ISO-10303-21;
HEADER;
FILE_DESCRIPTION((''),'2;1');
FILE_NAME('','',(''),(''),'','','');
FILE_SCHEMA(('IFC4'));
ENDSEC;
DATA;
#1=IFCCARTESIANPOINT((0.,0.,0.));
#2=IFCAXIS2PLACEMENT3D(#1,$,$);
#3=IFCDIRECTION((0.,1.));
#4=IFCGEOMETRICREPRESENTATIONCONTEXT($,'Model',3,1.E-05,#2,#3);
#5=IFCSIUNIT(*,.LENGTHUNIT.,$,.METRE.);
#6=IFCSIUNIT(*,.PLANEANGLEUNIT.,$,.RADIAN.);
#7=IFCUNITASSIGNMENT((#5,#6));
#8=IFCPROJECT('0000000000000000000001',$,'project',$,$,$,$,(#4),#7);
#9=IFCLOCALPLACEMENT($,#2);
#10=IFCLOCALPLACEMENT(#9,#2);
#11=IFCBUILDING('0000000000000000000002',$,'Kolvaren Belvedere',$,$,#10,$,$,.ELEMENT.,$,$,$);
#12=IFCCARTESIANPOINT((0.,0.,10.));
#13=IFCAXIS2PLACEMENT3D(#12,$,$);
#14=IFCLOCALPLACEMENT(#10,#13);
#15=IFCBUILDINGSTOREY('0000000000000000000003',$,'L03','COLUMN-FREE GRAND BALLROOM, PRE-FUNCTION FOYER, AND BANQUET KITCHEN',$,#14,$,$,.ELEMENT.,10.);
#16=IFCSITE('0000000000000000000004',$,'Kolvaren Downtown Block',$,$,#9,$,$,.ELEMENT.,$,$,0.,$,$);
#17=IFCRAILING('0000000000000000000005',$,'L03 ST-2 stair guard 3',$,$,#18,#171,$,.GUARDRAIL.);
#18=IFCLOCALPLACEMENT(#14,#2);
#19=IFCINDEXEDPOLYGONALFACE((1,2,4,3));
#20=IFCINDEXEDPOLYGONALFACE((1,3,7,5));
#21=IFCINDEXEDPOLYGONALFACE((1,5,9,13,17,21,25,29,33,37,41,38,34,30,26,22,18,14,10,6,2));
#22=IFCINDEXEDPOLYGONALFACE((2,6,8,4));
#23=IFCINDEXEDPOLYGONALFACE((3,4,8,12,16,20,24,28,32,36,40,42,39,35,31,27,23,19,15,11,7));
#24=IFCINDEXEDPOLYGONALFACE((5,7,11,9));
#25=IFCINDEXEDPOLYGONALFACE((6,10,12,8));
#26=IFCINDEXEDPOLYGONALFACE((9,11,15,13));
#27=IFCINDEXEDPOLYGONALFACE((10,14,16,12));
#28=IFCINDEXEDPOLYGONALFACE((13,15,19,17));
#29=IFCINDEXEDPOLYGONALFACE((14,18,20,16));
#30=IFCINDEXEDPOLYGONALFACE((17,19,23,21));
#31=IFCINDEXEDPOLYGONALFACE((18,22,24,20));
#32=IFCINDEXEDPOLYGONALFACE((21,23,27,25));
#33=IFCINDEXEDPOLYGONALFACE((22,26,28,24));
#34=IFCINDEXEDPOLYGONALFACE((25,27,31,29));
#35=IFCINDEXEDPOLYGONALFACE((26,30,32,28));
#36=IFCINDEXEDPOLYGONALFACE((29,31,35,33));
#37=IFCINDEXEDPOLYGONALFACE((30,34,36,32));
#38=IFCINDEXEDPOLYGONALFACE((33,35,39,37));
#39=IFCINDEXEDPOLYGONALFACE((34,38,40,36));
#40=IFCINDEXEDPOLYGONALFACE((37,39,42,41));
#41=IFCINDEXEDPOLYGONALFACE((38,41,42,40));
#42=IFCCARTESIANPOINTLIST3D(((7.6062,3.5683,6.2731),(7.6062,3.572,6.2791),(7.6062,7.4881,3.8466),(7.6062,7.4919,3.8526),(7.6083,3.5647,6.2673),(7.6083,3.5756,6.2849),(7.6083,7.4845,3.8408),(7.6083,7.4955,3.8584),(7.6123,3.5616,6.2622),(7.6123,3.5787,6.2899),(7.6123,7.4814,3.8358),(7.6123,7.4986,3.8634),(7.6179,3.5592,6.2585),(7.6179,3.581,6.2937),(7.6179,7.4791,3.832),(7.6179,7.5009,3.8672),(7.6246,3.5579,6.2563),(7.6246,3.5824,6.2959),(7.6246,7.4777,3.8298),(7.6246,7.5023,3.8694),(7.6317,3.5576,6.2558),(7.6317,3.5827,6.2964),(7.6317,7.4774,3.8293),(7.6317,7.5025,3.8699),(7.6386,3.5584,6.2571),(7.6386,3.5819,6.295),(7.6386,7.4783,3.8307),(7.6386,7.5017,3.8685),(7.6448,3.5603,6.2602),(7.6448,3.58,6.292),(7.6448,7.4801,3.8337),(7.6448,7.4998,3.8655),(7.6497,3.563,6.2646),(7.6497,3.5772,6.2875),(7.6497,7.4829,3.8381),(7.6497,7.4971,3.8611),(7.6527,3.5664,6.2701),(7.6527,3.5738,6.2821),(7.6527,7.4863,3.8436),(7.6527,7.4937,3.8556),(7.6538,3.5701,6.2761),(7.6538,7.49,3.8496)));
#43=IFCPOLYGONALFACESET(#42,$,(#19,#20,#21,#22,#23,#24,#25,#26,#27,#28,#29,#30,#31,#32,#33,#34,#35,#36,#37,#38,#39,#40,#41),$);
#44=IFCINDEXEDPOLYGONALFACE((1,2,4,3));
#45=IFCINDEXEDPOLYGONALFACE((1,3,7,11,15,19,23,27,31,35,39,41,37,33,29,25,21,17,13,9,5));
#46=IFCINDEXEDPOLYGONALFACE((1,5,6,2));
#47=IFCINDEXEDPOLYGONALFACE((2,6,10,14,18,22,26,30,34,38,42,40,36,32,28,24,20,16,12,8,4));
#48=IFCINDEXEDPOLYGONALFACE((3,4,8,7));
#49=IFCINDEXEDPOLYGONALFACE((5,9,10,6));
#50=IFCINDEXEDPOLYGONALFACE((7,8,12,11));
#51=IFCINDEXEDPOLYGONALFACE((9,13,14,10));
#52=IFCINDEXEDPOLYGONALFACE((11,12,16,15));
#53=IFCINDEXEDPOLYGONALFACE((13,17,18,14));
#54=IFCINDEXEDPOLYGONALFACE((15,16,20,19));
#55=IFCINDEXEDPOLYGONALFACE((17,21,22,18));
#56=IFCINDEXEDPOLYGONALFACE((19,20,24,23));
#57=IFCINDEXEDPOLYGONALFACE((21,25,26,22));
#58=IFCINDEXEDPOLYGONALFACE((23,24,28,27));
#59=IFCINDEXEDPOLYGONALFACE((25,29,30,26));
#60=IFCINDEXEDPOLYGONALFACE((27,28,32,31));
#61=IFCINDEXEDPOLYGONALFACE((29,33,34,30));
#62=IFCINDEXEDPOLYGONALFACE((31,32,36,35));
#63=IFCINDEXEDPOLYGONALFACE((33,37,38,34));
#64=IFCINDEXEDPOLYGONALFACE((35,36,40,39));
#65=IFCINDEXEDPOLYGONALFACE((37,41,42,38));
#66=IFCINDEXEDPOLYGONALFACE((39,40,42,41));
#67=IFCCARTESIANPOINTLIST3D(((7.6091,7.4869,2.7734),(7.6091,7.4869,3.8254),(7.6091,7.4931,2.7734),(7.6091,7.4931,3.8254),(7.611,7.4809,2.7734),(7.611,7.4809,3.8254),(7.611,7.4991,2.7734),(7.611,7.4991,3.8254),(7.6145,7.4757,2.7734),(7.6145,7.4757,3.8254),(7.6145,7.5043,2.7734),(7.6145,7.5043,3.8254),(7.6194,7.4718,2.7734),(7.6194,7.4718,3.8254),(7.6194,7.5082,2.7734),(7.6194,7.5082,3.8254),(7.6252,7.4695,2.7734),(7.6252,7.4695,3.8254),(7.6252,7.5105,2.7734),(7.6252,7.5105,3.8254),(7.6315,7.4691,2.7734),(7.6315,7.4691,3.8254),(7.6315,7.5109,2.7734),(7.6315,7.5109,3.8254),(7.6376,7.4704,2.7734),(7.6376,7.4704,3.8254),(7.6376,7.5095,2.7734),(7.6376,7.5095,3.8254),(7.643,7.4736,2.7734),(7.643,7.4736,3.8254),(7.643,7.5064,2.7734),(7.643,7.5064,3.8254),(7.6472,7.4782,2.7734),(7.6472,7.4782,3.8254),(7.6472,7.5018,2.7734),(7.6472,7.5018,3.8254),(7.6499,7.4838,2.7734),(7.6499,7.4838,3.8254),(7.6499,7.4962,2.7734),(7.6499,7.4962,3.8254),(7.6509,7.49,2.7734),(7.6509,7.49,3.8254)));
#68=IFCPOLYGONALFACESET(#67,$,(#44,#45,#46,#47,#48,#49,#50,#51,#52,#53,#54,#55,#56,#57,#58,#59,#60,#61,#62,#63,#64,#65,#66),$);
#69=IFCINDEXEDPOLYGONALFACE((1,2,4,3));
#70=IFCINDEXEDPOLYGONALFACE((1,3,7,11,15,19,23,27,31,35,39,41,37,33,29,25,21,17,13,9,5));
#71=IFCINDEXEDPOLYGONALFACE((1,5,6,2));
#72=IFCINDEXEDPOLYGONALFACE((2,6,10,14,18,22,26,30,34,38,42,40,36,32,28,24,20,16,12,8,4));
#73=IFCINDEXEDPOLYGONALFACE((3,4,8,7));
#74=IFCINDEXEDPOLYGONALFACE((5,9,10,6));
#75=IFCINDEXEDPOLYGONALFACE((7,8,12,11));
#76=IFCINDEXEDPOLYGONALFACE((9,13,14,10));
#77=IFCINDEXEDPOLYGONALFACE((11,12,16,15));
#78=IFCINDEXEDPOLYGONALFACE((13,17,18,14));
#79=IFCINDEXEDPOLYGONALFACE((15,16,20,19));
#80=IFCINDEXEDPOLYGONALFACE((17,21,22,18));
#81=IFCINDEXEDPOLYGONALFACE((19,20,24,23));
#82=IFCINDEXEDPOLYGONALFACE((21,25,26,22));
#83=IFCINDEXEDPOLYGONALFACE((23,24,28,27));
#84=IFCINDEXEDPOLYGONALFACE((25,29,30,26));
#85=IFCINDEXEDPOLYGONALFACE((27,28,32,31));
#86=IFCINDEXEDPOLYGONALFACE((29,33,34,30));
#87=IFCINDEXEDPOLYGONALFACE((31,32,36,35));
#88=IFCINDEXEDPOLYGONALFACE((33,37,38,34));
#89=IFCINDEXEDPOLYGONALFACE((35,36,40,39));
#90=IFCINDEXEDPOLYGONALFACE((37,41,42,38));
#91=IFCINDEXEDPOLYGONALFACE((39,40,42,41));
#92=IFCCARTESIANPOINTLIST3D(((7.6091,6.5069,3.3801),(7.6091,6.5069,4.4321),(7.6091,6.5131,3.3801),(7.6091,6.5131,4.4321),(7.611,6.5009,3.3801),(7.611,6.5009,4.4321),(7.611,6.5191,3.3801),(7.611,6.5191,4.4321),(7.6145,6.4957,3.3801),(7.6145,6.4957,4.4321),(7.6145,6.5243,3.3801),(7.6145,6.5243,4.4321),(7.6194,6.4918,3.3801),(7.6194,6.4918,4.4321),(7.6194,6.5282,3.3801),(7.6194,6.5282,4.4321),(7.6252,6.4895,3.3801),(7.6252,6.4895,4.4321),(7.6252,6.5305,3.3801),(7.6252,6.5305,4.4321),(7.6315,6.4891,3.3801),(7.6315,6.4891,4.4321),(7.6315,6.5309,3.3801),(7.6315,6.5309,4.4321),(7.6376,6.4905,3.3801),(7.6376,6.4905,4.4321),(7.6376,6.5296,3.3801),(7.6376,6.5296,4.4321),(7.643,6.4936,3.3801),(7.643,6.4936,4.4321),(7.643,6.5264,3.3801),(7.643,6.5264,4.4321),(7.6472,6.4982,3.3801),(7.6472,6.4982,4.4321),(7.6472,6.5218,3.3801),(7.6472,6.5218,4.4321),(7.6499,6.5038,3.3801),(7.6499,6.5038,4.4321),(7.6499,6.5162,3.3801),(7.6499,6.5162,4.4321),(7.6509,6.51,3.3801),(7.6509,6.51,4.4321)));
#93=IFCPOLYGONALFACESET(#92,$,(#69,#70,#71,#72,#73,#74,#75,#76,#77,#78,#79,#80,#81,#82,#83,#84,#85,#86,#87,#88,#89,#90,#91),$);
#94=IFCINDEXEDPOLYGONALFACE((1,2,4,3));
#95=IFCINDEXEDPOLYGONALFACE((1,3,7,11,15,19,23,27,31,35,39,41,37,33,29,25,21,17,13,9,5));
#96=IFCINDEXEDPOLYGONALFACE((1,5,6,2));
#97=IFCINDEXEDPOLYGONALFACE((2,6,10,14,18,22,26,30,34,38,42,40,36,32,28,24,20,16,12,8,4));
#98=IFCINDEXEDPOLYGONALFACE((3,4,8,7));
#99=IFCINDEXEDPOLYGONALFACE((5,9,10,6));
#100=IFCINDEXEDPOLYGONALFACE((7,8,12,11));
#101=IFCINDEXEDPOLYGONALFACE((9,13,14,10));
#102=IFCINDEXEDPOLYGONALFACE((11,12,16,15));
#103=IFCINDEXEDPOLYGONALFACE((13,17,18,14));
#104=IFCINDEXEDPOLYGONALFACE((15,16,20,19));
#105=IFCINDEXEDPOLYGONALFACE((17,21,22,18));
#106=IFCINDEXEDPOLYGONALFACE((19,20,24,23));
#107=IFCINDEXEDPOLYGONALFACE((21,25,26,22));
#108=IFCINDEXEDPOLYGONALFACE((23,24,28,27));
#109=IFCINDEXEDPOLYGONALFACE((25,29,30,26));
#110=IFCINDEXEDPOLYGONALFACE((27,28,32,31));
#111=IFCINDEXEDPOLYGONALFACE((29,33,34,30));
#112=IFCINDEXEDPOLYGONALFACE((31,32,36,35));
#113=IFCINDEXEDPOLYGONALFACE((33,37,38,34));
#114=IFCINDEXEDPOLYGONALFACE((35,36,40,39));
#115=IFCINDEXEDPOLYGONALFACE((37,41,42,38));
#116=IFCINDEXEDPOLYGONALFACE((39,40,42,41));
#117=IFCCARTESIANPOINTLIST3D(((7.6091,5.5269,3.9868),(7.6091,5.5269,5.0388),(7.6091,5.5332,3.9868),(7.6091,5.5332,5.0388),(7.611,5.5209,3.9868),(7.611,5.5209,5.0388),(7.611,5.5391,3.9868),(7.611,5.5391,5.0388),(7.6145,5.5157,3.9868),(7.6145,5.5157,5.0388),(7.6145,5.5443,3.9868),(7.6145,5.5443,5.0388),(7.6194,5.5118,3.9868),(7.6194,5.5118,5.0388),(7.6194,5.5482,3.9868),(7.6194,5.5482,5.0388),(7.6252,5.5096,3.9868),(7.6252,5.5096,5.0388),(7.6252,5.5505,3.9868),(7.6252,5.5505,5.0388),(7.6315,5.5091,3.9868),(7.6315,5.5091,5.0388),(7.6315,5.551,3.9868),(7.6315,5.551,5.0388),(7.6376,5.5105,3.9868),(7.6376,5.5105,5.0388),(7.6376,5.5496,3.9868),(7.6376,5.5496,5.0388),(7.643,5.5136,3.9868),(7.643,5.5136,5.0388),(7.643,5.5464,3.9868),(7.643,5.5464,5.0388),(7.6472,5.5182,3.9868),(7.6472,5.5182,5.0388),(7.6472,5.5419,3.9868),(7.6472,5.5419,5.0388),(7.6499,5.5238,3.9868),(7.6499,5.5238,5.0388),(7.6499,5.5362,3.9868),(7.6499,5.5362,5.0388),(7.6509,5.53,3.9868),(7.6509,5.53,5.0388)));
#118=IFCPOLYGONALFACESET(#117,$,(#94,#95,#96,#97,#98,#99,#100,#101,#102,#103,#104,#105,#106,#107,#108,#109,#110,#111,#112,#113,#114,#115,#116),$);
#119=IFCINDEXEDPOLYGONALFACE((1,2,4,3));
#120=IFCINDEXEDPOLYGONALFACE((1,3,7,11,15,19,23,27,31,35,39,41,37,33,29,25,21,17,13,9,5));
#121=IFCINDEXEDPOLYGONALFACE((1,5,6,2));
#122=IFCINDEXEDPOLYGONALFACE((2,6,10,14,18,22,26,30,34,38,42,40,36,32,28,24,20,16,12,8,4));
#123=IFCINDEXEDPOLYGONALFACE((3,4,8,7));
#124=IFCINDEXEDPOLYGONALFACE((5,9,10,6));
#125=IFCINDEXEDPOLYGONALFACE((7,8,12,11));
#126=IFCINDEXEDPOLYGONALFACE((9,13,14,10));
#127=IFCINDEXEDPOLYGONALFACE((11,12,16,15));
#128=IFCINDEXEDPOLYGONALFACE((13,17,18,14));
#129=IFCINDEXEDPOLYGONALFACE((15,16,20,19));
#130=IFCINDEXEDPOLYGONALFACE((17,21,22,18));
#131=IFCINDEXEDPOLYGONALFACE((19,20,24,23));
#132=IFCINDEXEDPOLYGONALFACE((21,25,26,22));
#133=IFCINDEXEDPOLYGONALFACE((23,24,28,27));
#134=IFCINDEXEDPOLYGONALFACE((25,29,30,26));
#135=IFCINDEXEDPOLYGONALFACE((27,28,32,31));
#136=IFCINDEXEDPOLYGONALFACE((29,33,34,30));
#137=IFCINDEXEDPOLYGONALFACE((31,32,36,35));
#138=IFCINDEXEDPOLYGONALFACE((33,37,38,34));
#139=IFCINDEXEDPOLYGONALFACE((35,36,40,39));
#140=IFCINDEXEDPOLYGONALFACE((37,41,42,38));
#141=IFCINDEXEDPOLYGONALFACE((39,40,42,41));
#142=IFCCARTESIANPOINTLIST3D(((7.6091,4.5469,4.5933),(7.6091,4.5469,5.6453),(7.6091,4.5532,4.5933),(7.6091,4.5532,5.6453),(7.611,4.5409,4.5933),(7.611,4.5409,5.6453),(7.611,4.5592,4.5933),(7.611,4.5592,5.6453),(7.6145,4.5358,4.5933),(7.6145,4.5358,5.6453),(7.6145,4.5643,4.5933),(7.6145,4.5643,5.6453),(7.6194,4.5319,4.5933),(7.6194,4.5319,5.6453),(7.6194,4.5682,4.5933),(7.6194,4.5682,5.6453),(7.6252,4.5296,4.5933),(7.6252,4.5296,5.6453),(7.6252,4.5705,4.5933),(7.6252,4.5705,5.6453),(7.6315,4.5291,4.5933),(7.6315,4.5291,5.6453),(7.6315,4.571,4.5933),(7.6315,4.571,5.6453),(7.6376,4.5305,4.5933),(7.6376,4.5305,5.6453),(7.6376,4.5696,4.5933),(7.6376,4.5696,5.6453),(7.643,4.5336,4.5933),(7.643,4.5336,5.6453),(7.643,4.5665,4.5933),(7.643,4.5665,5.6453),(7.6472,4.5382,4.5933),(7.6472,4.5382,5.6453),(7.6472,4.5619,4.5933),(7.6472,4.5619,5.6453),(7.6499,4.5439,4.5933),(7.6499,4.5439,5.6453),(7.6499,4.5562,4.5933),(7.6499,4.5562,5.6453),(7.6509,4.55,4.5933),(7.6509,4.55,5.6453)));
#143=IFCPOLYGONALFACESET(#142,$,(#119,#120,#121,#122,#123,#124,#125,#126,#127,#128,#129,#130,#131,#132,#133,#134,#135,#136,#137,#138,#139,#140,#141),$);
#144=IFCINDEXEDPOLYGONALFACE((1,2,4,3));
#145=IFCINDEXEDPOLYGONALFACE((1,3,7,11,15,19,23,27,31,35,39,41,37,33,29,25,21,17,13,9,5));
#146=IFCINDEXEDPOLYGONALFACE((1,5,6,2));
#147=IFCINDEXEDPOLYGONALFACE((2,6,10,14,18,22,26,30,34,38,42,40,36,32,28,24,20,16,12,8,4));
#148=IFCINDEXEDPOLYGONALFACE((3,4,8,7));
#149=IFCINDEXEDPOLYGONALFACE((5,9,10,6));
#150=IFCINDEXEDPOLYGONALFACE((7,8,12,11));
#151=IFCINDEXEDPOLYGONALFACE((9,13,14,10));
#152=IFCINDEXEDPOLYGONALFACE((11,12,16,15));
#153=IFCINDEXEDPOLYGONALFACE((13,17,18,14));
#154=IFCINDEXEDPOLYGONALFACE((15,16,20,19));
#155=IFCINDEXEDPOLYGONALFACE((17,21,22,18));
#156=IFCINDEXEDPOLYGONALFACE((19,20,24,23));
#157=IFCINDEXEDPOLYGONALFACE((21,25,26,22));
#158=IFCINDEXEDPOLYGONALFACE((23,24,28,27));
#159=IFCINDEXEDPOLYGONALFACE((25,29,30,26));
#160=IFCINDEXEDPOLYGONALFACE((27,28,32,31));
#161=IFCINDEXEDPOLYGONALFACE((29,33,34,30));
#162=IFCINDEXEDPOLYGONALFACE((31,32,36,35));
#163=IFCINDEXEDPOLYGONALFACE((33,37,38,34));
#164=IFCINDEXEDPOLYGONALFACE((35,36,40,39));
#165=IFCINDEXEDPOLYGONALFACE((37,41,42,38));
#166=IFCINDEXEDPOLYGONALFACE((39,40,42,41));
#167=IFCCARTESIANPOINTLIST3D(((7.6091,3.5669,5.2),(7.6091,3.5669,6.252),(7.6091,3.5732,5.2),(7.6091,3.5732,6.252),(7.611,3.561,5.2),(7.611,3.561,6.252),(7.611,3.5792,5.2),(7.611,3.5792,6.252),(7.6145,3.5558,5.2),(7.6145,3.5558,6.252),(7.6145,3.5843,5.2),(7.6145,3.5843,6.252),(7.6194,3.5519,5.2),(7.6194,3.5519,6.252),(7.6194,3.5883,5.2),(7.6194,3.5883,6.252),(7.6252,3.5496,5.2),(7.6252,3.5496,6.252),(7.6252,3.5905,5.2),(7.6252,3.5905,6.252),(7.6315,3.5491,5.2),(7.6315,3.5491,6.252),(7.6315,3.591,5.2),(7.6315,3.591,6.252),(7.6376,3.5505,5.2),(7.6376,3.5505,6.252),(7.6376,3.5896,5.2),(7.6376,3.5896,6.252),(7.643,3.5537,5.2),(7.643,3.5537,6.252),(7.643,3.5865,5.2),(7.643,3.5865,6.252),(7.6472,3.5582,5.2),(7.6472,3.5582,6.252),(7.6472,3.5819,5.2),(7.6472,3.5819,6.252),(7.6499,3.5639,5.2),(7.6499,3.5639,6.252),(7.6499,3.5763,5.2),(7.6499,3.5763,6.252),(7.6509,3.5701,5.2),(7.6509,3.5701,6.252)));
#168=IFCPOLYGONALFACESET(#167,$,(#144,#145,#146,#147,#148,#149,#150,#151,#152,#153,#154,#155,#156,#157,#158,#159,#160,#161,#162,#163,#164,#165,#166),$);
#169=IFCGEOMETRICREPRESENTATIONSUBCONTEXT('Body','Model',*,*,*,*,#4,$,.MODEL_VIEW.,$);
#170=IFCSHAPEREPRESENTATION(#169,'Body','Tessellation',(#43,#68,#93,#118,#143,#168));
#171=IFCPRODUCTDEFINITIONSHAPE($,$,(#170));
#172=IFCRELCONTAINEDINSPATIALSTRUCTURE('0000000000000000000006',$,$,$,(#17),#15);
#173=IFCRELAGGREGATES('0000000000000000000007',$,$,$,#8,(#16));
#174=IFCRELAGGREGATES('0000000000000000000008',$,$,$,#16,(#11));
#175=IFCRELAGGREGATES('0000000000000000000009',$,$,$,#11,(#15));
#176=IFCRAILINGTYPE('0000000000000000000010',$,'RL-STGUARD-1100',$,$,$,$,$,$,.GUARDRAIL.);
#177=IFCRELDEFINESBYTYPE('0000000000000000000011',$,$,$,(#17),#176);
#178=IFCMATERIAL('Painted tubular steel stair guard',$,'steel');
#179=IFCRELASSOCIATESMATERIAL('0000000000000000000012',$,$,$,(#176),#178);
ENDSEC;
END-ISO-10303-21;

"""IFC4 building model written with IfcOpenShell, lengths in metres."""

from ifc_helpers import new_model, si_unit, direction, frame, origin, origin_2d, place, context, subcontext, project, spatial, circle, extrude, material, type_object, element, save


model = new_model("IFC4")

# Units and contexts
model_context = context("Model", 3, precision=1e-05, world=origin(), true_north=direction((0.0, 1.0)))
body_context = subcontext(model_context, "Body", "Model", "MODEL_VIEW")
ifc_project = project(units=[si_unit("LENGTHUNIT", "METRE"), si_unit("PLANEANGLEUNIT", "RADIAN")], contexts=[model_context])

# Site, building, storey
site_placement = place(None, origin())
site = spatial("IfcSite", under=ifc_project, at=site_placement, Name="Kolvaren Downtown Block", CompositionType="ELEMENT", RefElevation=0.0)
building_placement = place(site_placement, origin())
building = spatial("IfcBuilding", under=site, at=building_placement, Name="Kolvaren Belvedere", CompositionType="ELEMENT")
storey_placement = place(building_placement, frame((0.0, 0.0, 10.0)))
storey = spatial("IfcBuildingStorey", under=building, at=storey_placement, Name="L03", Description="COLUMN-FREE GRAND BALLROOM, PRE-FUNCTION FOYER, AND BANQUET KITCHEN", CompositionType="ELEMENT", Elevation=10.0)

# Railing
ifc_material_1 = material(Name="Painted tubular steel stair guard", Category="steel")
railing_type_1 = type_object("IfcRailingType", Name="RL-STGUARD-1100", PredefinedType="GUARDRAIL", material=ifc_material_1)
railing_1_placement = place(storey_placement, frame((7.6299, 7.49, 2.7734)))
element("IfcRailing", 1, at=railing_1_placement, inside=storey, type_object=railing_type_1, Name="L03 ST-2 stair guard 3", PredefinedType="GUARDRAIL", context=body_context, shape_type="SweptSolid", body=[
    extrude(circle(Radius=0.0239, at=origin_2d()), frame((0.0, 0.0, 1.0762), z_axis=(0.0, -0.850275, 0.526338), x_axis=(1.0, 0.0, 0.0)), (0.0, 0.0, 1.0), 4.6101),
    extrude(circle(Radius=0.021, at=origin_2d()), origin(), (0.0, 0.0, 1.0), 1.052),
    extrude(circle(Radius=0.021, at=origin_2d()), frame((0.0, -0.98, 0.6067)), (0.0, 0.0, 1.0), 1.052),
    extrude(circle(Radius=0.021, at=origin_2d()), frame((0.0, -1.96, 1.2134)), (0.0, 0.0, 1.0), 1.052),
    extrude(circle(Radius=0.021, at=origin_2d()), frame((0.0, -2.9399, 1.8198)), (0.0, 0.0, 1.0), 1.052),
    extrude(circle(Radius=0.021, at=origin_2d()), frame((0.0, -3.9199, 2.4265)), (0.0, 0.0, 1.0), 1.052),
])

save(model, "model.ifc")
